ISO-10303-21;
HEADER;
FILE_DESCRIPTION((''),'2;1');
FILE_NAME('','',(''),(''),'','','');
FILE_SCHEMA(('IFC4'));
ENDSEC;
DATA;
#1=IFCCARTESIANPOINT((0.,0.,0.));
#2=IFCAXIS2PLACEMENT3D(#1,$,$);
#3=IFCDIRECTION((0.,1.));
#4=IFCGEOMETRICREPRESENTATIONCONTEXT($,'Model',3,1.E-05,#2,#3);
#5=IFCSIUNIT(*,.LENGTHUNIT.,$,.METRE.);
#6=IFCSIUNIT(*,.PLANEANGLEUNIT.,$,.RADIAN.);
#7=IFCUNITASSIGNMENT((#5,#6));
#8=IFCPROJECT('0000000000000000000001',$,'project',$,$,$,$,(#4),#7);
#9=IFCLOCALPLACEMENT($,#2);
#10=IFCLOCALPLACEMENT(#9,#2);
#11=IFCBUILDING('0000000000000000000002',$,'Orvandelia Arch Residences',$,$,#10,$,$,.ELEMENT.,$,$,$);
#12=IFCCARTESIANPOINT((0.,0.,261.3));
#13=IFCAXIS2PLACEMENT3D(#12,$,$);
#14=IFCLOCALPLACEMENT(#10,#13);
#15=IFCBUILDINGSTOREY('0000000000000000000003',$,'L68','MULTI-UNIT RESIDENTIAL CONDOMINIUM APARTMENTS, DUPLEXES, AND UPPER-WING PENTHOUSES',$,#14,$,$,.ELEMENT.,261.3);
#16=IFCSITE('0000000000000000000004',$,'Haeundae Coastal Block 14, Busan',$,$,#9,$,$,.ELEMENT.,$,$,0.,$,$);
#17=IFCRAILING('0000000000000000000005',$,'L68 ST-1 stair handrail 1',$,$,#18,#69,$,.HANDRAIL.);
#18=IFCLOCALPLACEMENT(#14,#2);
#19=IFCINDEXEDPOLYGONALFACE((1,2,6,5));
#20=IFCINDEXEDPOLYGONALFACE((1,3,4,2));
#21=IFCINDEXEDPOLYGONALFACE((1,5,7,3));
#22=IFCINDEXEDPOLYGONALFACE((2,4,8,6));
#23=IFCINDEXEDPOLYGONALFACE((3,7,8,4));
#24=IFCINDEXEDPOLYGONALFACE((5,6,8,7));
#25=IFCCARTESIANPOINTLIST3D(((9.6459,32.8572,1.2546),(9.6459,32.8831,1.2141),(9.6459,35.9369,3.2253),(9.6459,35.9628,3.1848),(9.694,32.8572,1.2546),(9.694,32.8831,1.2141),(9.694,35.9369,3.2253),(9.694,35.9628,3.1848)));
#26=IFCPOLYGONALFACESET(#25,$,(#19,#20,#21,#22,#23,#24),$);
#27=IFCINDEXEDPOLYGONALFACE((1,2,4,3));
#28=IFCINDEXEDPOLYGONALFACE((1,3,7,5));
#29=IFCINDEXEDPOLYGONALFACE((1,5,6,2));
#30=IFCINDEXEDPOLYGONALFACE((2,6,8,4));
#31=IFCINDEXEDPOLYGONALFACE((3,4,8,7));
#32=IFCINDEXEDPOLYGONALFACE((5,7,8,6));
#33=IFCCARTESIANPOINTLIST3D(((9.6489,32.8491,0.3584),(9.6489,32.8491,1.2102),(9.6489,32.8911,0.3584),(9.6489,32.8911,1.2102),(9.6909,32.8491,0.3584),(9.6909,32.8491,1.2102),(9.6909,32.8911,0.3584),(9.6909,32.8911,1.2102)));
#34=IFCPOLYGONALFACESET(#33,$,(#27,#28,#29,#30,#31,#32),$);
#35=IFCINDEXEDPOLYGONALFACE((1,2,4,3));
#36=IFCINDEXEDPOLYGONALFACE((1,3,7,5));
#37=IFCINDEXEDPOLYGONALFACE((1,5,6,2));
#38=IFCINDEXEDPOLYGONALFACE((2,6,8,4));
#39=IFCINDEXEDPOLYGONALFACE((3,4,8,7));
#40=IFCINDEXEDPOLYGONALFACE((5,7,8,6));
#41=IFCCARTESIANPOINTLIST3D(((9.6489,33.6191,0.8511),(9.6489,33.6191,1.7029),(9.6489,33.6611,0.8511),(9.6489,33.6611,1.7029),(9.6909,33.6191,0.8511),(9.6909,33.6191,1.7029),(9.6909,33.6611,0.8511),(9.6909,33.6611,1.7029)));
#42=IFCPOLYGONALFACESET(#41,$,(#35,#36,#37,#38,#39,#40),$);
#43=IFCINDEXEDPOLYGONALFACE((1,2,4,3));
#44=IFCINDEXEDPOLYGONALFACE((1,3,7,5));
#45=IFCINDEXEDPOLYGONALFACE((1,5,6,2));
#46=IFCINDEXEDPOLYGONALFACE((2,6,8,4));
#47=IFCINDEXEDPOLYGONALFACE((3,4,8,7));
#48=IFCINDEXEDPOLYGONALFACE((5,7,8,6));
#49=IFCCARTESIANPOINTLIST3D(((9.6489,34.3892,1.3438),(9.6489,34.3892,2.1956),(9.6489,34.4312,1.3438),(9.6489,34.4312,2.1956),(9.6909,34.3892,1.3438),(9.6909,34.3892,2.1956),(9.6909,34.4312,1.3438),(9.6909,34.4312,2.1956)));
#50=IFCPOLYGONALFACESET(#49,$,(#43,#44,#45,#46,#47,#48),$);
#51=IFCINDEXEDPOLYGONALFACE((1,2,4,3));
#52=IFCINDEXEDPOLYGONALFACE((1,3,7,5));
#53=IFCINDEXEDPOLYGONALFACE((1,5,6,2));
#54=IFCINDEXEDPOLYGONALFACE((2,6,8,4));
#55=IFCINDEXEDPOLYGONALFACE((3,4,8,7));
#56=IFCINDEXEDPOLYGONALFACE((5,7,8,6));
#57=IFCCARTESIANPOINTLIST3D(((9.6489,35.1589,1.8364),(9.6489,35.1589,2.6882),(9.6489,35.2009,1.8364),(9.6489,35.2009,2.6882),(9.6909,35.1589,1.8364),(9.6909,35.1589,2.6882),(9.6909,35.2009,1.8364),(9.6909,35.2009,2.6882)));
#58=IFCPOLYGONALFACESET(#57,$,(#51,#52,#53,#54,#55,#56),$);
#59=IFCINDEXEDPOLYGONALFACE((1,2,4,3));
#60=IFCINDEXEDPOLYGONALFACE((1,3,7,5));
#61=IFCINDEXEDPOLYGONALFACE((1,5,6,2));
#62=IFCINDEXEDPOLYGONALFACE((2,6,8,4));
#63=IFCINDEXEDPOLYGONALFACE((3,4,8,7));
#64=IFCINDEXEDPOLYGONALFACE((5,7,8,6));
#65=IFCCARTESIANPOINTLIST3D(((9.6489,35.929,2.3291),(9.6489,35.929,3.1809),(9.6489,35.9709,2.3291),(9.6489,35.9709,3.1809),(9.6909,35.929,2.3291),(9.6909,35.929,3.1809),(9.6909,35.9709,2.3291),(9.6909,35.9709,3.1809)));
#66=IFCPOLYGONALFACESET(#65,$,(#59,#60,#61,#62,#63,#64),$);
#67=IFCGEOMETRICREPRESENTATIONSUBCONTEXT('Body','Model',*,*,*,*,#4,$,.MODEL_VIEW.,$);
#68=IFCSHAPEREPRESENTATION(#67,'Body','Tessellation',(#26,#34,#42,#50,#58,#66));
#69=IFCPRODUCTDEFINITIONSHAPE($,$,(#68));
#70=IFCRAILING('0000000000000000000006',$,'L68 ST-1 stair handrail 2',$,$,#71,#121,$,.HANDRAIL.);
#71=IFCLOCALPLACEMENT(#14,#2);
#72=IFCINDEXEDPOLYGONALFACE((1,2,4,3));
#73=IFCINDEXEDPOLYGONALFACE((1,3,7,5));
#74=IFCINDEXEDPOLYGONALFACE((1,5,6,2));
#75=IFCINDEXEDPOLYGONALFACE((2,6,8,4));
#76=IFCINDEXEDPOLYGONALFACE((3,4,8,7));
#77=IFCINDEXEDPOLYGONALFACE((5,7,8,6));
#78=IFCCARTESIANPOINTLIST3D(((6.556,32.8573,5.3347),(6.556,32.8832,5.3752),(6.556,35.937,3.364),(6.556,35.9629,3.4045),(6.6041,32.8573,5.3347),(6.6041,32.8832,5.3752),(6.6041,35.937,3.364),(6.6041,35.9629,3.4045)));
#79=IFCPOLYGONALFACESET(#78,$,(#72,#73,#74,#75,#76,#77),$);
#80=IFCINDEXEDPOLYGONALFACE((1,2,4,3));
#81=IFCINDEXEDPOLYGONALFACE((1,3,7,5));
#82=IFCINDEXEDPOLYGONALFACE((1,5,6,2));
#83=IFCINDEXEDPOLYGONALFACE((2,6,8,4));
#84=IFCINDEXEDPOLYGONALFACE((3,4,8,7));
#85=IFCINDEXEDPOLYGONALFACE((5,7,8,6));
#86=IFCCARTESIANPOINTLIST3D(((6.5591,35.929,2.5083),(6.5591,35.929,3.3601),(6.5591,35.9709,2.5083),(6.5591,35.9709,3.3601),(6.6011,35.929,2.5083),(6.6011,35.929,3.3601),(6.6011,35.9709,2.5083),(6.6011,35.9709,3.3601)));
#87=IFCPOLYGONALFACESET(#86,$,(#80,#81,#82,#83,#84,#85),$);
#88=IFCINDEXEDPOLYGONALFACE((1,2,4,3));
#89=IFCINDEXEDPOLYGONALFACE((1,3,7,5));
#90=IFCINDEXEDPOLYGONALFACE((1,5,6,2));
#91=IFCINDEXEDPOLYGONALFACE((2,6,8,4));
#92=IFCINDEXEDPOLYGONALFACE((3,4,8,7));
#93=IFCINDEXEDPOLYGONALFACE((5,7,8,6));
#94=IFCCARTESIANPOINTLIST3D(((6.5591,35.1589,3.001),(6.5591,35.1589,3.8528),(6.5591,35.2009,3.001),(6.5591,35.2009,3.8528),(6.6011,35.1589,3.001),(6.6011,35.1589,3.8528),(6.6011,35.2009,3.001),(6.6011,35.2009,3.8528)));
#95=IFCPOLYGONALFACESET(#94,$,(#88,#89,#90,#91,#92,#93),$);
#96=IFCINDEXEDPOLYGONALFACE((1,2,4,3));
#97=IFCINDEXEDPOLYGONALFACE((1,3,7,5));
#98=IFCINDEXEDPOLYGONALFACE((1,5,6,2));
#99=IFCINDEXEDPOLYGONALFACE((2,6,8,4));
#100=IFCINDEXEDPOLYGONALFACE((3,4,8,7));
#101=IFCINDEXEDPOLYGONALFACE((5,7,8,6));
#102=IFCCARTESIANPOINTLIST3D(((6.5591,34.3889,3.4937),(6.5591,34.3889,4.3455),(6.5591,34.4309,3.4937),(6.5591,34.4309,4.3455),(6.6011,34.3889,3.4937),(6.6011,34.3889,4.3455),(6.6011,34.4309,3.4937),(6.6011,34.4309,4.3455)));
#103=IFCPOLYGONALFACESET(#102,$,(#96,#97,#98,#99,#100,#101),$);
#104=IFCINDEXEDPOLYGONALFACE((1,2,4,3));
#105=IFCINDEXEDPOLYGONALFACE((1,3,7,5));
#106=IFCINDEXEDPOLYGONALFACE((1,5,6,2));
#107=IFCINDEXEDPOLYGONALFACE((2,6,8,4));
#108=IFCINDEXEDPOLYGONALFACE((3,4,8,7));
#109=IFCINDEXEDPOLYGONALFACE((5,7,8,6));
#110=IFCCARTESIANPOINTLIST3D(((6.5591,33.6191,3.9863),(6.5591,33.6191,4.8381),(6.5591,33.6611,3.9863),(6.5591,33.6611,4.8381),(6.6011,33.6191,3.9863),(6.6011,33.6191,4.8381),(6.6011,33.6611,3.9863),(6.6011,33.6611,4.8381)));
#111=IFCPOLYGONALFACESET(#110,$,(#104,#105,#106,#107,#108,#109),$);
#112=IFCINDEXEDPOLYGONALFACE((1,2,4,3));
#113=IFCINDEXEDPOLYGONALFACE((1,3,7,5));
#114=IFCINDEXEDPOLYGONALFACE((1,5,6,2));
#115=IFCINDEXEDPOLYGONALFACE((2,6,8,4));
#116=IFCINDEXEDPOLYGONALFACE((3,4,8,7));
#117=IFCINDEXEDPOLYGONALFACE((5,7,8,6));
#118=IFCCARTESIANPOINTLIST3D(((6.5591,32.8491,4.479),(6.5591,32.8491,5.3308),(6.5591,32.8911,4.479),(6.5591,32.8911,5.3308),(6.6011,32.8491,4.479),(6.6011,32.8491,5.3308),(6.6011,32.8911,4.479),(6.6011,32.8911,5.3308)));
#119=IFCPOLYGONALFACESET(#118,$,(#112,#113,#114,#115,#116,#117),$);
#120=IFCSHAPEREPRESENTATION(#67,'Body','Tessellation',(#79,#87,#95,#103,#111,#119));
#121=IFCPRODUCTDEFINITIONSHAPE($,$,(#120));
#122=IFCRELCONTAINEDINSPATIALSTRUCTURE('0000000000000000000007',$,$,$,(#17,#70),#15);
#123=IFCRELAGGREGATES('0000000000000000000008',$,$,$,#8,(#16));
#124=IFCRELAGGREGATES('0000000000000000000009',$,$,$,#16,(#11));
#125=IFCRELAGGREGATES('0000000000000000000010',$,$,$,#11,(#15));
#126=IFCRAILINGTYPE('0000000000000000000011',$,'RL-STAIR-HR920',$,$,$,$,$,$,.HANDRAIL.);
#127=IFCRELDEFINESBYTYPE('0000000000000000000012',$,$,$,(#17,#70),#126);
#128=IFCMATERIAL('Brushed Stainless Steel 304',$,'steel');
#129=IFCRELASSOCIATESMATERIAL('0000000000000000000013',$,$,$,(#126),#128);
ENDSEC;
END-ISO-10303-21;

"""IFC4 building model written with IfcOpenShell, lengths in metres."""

from ifc_helpers import new_model, si_unit, direction, frame, origin, origin_2d, place, context, subcontext, project, spatial, rectangle, extrude, material, type_object, element, save


model = new_model("IFC4")

# Units and contexts
model_context = context("Model", 3, precision=1e-05, world=origin(), true_north=direction((0.0, 1.0)))
body_context = subcontext(model_context, "Body", "Model", "MODEL_VIEW")
ifc_project = project(units=[si_unit("LENGTHUNIT", "METRE"), si_unit("PLANEANGLEUNIT", "RADIAN")], contexts=[model_context])

# Site, building, storey
site_placement = place(None, origin())
site = spatial("IfcSite", under=ifc_project, at=site_placement, Name="Haeundae Coastal Block 14, Busan", CompositionType="ELEMENT", RefElevation=0.0)
building_placement = place(site_placement, origin())
building = spatial("IfcBuilding", under=site, at=building_placement, Name="Orvandelia Arch Residences", CompositionType="ELEMENT")
storey_placement = place(building_placement, frame((0.0, 0.0, 261.3)))
storey = spatial("IfcBuildingStorey", under=building, at=storey_placement, Name="L68", Description="MULTI-UNIT RESIDENTIAL CONDOMINIUM APARTMENTS, DUPLEXES, AND UPPER-WING PENTHOUSES", CompositionType="ELEMENT", Elevation=261.3)

# Railings
ifc_material_1 = material(Name="Brushed Stainless Steel 304", Category="steel")
railing_type_1 = type_object("IfcRailingType", Name="RL-STAIR-HR920", PredefinedType="HANDRAIL", material=ifc_material_1)
railing_1_placement = place(storey_placement, frame((9.6699, 32.8701, 0.3584)))
element("IfcRailing", 1, at=railing_1_placement, inside=storey, type_object=railing_type_1, Name="L68 ST-1 stair handrail 1", PredefinedType="HANDRAIL", context=body_context, shape_type="SweptSolid", body=[
    extrude(rectangle(XDim=0.0481, YDim=0.0481, at=origin_2d()), frame((0.0, 0.0, 0.876), z_axis=(0.0, 0.84232, 0.538978), x_axis=(-1.0, 0.0, 0.0)), (0.0, 0.0, 1.0), 3.6562),
    extrude(rectangle(XDim=0.042, YDim=0.042, at=origin_2d()), origin(), (0.0, 0.0, 1.0), 0.8518),
    extrude(rectangle(XDim=0.042, YDim=0.042, at=origin_2d()), frame((0.0, 0.77, 0.4927)), (0.0, 0.0, 1.0), 0.8518),
    extrude(rectangle(XDim=0.042, YDim=0.042, at=origin_2d()), frame((0.0, 1.54, 0.9854)), (0.0, 0.0, 1.0), 0.8518),
    extrude(rectangle(XDim=0.042, YDim=0.042, at=origin_2d()), frame((0.0, 2.3098, 1.478)), (0.0, 0.0, 1.0), 0.8518),
    extrude(rectangle(XDim=0.042, YDim=0.042, at=origin_2d()), frame((0.0, 3.0798, 1.9707)), (0.0, 0.0, 1.0), 0.8518),
])
railing_2_placement = place(storey_placement, frame((6.5801, 35.95, 2.5083)))
element("IfcRailing", 2, at=railing_2_placement, inside=storey, type_object=railing_type_1, Name="L68 ST-1 stair handrail 2", PredefinedType="HANDRAIL", context=body_context, shape_type="SweptSolid", body=[
    extrude(rectangle(XDim=0.0481, YDim=0.0481, at=origin_2d()), frame((0.0, 0.0, 0.876), z_axis=(0.0, -0.84232, 0.538978), x_axis=(1.0, 0.0, 0.0)), (0.0, 0.0, 1.0), 3.6562),
    extrude(rectangle(XDim=0.042, YDim=0.042, at=origin_2d()), origin(), (0.0, 0.0, 1.0), 0.8518),
    extrude(rectangle(XDim=0.042, YDim=0.042, at=origin_2d()), frame((0.0, -0.77, 0.4927)), (0.0, 0.0, 1.0), 0.8518),
    extrude(rectangle(XDim=0.042, YDim=0.042, at=origin_2d()), frame((0.0, -1.54, 0.9854)), (0.0, 0.0, 1.0), 0.8518),
    extrude(rectangle(XDim=0.042, YDim=0.042, at=origin_2d()), frame((0.0, -2.3098, 1.478)), (0.0, 0.0, 1.0), 0.8518),
    extrude(rectangle(XDim=0.042, YDim=0.042, at=origin_2d()), frame((0.0, -3.0798, 1.9707)), (0.0, 0.0, 1.0), 0.8518),
])

save(model, "model.ifc")
